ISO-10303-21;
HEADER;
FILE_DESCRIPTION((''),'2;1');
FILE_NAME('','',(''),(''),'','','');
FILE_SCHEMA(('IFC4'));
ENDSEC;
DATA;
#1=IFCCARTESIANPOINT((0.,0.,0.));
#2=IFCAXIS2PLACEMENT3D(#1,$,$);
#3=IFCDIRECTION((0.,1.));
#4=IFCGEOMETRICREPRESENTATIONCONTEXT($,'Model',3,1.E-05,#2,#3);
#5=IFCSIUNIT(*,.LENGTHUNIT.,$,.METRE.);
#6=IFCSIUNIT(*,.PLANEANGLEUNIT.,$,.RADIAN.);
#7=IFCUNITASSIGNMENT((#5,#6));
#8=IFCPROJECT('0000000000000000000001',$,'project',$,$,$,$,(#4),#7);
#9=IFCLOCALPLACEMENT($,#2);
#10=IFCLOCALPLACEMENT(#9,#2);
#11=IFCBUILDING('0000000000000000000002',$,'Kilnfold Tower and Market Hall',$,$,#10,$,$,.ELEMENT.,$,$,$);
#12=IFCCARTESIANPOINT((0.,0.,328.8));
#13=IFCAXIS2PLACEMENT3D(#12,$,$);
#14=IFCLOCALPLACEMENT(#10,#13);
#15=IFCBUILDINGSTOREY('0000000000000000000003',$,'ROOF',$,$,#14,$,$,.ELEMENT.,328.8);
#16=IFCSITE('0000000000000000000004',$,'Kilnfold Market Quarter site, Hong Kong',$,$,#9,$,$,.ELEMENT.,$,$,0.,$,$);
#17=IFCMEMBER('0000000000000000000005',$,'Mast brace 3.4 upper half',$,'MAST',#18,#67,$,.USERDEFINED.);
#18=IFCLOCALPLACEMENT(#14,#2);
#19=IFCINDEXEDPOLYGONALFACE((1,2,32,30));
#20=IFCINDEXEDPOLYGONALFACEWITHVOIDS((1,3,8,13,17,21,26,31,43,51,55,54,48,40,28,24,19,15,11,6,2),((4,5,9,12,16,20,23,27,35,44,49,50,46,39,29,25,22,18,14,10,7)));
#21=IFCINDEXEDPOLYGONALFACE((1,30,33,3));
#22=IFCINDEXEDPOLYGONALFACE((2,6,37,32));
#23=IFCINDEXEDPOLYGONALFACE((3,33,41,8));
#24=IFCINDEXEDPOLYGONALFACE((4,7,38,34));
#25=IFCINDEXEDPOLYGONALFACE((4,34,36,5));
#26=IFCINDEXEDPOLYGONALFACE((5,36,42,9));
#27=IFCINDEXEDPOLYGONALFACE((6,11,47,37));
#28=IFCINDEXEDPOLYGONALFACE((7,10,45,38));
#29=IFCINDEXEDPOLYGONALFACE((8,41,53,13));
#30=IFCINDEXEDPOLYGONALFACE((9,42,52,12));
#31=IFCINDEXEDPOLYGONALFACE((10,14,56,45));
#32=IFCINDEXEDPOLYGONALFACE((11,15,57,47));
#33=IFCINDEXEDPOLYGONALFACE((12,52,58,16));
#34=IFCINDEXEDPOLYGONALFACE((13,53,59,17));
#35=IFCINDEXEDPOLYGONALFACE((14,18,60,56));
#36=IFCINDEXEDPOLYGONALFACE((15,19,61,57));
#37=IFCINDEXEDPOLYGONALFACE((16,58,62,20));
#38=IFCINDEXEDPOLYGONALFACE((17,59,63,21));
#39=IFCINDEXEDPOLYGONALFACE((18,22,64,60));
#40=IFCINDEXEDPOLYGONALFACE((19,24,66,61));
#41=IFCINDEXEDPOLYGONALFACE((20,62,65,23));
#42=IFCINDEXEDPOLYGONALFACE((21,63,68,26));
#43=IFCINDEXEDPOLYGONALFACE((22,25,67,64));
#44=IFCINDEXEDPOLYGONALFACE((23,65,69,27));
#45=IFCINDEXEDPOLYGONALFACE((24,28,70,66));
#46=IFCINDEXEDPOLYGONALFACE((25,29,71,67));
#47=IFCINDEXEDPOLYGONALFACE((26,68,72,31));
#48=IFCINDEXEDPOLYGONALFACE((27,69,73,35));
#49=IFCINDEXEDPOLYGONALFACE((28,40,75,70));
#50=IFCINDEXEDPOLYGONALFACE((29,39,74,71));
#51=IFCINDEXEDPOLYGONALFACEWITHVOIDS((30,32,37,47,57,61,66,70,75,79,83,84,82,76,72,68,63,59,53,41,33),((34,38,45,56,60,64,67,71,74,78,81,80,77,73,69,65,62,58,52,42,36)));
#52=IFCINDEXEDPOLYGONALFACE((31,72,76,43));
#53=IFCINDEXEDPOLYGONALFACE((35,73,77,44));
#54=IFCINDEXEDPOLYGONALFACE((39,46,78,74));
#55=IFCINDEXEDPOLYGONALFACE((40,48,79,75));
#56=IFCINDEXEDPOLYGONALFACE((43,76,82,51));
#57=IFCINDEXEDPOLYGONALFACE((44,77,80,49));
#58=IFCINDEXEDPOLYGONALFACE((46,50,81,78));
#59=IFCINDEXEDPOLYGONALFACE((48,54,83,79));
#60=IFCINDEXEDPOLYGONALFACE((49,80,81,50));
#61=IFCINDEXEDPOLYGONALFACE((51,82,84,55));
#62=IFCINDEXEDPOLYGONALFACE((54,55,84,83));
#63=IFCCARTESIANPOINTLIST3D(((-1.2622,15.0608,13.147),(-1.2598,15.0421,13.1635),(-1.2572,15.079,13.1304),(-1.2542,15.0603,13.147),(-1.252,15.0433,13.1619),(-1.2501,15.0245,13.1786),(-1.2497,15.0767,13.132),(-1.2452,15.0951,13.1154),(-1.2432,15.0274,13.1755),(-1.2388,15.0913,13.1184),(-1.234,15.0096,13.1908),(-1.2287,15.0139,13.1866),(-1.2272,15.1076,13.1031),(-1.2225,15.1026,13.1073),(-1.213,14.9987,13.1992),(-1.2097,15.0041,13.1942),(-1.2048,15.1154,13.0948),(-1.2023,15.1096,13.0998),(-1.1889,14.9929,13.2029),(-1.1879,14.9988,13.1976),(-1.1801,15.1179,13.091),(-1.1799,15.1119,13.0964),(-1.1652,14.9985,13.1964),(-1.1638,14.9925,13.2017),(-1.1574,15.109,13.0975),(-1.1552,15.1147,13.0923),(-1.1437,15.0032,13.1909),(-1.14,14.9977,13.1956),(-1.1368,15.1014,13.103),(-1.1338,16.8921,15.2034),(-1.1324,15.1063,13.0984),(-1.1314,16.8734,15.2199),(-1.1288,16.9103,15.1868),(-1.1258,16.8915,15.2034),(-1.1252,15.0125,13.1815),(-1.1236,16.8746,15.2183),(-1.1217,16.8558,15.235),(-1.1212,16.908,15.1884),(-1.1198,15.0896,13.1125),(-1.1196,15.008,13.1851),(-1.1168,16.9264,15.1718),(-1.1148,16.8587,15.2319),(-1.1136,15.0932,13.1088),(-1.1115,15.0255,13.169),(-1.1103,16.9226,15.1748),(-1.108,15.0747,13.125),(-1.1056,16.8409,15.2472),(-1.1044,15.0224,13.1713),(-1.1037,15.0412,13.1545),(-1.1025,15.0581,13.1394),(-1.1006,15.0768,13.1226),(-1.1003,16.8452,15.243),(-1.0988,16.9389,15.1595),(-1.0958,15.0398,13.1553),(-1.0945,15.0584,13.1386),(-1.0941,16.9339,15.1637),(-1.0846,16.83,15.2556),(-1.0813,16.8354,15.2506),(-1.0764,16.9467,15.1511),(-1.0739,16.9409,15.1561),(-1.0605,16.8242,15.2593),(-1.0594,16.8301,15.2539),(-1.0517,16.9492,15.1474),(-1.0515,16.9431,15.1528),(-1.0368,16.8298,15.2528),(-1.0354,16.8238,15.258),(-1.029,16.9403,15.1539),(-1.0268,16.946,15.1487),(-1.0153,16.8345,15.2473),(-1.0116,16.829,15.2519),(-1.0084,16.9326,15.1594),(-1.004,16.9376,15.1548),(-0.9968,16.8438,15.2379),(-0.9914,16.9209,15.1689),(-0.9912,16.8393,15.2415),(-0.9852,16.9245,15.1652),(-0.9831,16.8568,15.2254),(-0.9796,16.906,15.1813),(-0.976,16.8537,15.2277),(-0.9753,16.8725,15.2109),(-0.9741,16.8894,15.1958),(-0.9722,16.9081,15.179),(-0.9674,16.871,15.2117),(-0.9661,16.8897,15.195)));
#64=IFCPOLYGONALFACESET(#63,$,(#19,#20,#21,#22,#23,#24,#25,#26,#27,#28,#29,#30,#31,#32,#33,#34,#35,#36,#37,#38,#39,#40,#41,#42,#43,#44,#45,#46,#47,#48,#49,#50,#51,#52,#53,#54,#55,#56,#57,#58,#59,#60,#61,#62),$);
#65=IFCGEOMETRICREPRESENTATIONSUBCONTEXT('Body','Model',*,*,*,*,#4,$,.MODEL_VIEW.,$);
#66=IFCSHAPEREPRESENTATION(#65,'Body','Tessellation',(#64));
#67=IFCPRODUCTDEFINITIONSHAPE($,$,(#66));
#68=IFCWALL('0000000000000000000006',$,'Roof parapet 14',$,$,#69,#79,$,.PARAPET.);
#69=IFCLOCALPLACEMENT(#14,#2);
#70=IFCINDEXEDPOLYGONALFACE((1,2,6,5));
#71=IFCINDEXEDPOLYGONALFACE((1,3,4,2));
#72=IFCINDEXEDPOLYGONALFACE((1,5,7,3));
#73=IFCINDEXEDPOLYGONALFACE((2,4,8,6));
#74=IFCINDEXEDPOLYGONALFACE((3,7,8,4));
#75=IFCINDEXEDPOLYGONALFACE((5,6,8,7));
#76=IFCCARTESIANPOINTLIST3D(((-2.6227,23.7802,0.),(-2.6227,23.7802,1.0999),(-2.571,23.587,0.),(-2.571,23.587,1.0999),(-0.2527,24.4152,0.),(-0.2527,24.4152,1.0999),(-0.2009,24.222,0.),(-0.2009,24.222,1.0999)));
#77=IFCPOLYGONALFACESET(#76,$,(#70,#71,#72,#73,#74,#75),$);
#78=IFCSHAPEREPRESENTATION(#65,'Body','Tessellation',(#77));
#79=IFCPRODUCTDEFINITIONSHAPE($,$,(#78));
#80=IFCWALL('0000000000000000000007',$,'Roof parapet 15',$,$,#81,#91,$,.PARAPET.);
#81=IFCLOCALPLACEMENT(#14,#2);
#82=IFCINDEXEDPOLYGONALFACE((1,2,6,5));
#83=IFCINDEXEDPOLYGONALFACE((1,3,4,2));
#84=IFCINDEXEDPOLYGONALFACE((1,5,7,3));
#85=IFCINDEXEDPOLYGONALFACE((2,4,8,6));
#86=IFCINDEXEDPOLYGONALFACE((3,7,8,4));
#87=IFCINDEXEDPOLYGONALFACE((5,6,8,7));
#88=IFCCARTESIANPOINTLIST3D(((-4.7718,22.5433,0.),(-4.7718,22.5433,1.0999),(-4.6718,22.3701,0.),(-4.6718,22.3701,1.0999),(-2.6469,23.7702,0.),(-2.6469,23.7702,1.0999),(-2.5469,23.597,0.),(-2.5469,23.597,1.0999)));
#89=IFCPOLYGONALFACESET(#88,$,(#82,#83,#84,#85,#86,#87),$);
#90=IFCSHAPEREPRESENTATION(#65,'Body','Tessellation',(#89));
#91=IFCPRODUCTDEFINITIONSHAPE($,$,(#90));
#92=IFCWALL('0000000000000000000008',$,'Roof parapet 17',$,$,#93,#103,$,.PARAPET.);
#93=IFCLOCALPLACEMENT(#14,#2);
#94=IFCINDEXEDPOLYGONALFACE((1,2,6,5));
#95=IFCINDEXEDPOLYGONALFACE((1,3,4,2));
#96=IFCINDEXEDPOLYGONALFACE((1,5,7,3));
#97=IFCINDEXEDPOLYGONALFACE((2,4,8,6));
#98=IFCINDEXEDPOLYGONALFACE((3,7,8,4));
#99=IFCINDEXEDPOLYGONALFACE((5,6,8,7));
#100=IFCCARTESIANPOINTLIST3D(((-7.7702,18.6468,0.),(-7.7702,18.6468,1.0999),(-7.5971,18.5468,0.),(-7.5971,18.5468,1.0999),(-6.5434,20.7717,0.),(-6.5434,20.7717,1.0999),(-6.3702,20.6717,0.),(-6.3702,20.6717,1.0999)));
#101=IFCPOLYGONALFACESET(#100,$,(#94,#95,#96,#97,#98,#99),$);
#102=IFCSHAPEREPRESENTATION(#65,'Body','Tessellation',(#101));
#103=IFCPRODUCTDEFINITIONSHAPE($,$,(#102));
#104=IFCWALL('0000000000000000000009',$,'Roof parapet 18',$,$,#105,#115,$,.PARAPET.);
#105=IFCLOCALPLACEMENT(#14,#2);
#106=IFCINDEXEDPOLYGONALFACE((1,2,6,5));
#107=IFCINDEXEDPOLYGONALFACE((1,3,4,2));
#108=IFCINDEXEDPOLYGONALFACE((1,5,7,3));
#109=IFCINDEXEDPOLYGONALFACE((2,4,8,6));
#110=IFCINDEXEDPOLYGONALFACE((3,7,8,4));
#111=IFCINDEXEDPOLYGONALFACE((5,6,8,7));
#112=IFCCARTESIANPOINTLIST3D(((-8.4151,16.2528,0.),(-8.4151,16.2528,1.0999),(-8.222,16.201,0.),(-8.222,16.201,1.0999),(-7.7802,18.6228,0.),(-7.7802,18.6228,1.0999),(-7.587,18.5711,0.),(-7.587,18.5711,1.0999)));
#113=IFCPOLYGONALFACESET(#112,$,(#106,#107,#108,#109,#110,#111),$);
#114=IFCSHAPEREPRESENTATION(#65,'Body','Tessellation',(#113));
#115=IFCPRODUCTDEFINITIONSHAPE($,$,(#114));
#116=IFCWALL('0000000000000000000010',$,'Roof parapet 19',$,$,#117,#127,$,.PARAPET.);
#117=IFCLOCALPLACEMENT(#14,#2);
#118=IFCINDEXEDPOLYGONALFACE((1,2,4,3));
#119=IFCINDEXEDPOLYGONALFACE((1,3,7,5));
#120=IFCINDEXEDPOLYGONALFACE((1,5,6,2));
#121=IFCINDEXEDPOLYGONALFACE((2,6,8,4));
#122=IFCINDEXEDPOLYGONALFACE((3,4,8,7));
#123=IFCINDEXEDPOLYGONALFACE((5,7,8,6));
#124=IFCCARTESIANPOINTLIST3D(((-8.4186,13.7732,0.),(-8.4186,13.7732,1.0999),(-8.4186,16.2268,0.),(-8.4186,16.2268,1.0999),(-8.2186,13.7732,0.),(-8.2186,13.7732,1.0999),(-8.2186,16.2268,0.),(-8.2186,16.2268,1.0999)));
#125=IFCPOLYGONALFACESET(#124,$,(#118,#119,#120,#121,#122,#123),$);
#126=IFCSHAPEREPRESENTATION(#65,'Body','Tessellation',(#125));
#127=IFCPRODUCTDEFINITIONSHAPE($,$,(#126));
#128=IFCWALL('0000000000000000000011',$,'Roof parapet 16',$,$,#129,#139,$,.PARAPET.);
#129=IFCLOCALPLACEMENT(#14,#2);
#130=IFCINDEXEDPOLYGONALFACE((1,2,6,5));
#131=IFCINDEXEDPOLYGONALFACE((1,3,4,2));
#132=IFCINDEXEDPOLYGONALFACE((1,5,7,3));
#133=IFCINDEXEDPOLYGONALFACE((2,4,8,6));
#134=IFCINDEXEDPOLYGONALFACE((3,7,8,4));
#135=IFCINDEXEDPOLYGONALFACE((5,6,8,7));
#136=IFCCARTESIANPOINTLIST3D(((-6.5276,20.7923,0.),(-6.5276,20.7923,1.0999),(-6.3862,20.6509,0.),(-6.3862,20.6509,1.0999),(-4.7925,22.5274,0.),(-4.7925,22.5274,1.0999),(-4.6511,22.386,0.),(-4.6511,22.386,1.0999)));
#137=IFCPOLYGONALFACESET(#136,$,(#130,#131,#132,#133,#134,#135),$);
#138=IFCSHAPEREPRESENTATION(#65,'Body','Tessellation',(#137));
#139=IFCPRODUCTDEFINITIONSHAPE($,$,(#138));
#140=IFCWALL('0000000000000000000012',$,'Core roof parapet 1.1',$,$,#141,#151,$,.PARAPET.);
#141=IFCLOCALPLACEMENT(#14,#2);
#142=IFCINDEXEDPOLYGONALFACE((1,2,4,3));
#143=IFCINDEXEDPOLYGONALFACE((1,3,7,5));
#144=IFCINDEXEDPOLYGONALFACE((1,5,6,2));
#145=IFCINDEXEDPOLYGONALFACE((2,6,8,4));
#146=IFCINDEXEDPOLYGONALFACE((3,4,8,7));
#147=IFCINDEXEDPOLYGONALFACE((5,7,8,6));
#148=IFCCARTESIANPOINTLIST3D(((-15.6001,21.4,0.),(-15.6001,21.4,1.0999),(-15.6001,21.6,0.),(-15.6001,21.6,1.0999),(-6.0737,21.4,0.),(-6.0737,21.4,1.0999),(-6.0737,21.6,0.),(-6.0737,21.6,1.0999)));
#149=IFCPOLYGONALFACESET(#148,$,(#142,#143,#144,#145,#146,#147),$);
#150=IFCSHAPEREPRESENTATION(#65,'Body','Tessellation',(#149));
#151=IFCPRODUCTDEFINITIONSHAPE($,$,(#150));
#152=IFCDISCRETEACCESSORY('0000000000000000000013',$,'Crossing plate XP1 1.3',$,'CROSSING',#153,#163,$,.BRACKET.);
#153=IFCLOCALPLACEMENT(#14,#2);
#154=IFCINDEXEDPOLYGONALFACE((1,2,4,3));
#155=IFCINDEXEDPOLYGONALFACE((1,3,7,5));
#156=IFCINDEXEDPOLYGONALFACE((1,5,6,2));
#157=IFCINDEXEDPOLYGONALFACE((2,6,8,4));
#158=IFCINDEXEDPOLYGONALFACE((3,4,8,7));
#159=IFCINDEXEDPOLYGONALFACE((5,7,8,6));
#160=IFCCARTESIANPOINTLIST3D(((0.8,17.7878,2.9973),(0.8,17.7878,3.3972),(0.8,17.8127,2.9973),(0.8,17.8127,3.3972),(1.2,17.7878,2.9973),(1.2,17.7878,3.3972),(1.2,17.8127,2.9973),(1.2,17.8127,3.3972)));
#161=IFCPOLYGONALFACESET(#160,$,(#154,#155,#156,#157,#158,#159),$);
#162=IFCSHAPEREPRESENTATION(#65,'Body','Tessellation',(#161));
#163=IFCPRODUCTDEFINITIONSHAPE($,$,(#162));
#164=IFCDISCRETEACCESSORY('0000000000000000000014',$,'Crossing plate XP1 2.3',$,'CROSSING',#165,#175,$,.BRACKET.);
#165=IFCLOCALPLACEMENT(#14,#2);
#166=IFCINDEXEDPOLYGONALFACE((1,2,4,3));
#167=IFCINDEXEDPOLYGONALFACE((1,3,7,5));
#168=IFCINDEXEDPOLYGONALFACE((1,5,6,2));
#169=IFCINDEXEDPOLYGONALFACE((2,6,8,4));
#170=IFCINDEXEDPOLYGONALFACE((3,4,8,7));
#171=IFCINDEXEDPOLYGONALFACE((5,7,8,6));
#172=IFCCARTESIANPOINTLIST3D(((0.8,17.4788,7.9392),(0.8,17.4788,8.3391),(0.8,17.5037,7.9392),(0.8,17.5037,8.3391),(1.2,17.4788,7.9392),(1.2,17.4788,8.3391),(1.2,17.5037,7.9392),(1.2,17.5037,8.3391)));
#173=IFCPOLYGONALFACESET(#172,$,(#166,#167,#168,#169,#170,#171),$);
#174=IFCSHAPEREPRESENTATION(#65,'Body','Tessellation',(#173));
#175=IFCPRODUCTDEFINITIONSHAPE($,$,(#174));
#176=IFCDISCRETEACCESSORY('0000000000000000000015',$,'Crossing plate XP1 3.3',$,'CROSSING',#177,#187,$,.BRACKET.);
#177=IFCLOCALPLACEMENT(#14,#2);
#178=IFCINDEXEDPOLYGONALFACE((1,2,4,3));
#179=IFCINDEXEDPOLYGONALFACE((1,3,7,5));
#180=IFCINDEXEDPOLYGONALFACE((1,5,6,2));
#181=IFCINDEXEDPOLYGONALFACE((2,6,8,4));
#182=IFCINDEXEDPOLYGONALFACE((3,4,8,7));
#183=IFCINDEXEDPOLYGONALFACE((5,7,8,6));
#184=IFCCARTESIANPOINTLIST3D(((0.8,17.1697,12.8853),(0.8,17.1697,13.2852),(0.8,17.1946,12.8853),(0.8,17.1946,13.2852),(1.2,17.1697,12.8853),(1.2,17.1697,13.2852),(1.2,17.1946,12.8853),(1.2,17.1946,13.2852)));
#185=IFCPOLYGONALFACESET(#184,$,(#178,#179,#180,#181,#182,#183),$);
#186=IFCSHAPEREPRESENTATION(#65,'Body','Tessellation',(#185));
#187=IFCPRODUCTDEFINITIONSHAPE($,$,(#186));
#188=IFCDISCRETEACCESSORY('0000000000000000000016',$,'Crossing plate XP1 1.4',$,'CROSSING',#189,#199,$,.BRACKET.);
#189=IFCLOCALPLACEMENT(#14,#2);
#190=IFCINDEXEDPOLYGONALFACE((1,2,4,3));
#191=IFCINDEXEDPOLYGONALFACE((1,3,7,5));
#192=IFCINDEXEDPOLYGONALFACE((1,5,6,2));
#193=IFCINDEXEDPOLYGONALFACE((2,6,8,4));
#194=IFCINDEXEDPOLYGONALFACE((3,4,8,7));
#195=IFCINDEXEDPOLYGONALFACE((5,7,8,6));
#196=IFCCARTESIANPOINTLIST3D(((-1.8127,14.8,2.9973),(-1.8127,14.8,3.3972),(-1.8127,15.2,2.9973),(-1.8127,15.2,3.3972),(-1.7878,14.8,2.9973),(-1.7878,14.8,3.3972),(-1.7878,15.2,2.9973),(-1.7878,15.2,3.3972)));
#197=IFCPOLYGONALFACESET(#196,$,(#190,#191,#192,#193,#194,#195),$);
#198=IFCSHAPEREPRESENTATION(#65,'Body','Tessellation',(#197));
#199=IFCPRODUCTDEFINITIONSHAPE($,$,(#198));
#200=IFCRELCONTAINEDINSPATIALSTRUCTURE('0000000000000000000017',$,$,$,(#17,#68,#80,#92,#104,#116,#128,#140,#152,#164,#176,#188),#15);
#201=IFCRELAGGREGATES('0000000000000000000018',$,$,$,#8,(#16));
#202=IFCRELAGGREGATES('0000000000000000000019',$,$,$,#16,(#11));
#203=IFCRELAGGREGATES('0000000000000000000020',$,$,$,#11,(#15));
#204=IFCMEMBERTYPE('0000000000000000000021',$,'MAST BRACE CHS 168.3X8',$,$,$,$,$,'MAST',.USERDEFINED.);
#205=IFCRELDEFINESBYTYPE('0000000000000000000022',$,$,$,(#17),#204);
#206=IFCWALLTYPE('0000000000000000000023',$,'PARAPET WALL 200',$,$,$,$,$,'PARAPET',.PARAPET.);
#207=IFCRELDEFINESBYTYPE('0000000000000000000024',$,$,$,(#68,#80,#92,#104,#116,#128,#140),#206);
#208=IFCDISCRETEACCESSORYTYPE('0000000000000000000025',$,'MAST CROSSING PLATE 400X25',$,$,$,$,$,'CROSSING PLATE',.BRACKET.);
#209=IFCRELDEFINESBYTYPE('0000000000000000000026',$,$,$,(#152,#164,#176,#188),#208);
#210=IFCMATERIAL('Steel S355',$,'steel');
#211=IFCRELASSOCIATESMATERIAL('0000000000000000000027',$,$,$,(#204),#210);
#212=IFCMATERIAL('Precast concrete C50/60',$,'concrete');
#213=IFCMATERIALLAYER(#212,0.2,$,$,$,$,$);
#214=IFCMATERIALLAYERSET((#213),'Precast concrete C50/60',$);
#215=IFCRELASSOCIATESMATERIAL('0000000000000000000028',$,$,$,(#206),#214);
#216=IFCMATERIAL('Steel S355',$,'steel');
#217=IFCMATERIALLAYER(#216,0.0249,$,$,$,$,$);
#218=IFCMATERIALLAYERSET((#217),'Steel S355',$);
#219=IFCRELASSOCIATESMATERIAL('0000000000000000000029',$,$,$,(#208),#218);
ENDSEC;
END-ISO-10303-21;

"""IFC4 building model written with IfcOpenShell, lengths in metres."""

from ifc_helpers import new_model, si_unit, direction, frame, frame_2d, origin, origin_2d, place, context, subcontext, project, spatial, rectangle, hollow_circle, extrude, source, transform, mapped, material, layer, layer_set, material_profile, profile_set, type_object, element, save


model = new_model("IFC4")

# Units and contexts
model_context = context("Model", 3, precision=1e-05, world=origin(), true_north=direction((0.0, 1.0)))
body_context = subcontext(model_context, "Body", "Model", "MODEL_VIEW")
ifc_project = project(units=[si_unit("LENGTHUNIT", "METRE"), si_unit("PLANEANGLEUNIT", "RADIAN")], contexts=[model_context])

# Site, building, storey
site_placement = place(None, origin())
site = spatial("IfcSite", under=ifc_project, at=site_placement, Name="Kilnfold Market Quarter site, Hong Kong", CompositionType="ELEMENT", RefElevation=0.0)
building_placement = place(site_placement, origin())
building = spatial("IfcBuilding", under=site, at=building_placement, Name="Kilnfold Tower and Market Hall", CompositionType="ELEMENT")
storey_placement = place(building_placement, frame((0.0, 0.0, 328.8)))
storey = spatial("IfcBuildingStorey", under=building, at=storey_placement, Name="ROOF", CompositionType="ELEMENT", Elevation=328.8)

# Member
ifc_material_1 = material(Name="Steel S355", Category="steel")
ifc_material_profile_1 = material_profile(ifc_material_1, hollow_circle(Radius=0.0842, WallThickness=0.0081, at=origin_2d()), Name="CHS 168.3x8")
ifc_profile_set_1 = profile_set([ifc_material_profile_1], Name="Steel S355")
member_type_1 = type_object("IfcMemberType", Name="MAST BRACE CHS 168.3X8", ElementType="MAST", PredefinedType="USERDEFINED", material=ifc_profile_set_1)
shared_shape_1 = source(origin(), body_context, "Body", "SweptSolid", [
    extrude(hollow_circle(Radius=0.0842, WallThickness=0.0081, at=origin_2d()), origin(), (0.0, 0.0, 1.0), 2.7566),
])
member_1_placement = place(storey_placement, frame((-1.1782, 15.0549, 13.147), z_axis=(0.046585, 0.664329, 0.745987), x_axis=(-0.99755, 0.069952, 0.0)))
element("IfcMember", 1, at=member_1_placement, inside=storey, type_object=member_type_1, Name="Mast brace 3.4 upper half", ObjectType="MAST", PredefinedType="USERDEFINED", context=body_context, shape_type="MappedRepresentation", body=[
    mapped(shared_shape_1, transform((0.0, 0.0, 0.0))),
])

# Walls
ifc_material_2 = material(Name="Precast concrete C50/60", Category="concrete")
ifc_layer_1 = layer(ifc_material_2, 0.2)
ifc_layer_set_1 = layer_set([ifc_layer_1], Name="Precast concrete C50/60")
wall_type = type_object("IfcWallType", Name="PARAPET WALL 200", ElementType="PARAPET", PredefinedType="PARAPET", material=ifc_layer_set_1)
shared_shape_2 = source(origin(), body_context, "Body", "SweptSolid", [
    extrude(rectangle(XDim=2.4536, YDim=0.2, at=frame_2d((1.2268, 0.0))), origin(), (0.0, 0.0, 1.0), 1.0999),
])
for number, where, z_axis, x_axis, name in (
    (2, (-0.2268, 24.3186, 0.0), (0.0, 0.0, 1.0), (-0.965932, -0.258796, 0.0), "Roof parapet 14"),
    (3, (-2.5969, 23.6836, 0.0), (0.0, 0.0, 1.0), (-0.866012, -0.500024, 0.0), "Roof parapet 15"),
    (4, (-6.4568, 20.7217, 0.0), (0.0, 0.0, 1.0), (-0.500024, -0.866012, 0.0), "Roof parapet 17"),
    (5, (-7.6836, 18.5969, 0.0), (0.0, 0.0, 1.0), (-0.258796, -0.965932, 0.0), "Roof parapet 18"),
    (6, (-8.3186, 16.2268, 0.0), (0.0, 0.0, 1.0), (0.0, -1.0, 0.0), "Roof parapet 19"),
):
    element("IfcWall", number, at=place(storey_placement, frame(where, z_axis=z_axis, x_axis=x_axis)), inside=storey, type_object=wall_type, Name=name, PredefinedType="PARAPET", context=body_context, shape_type="MappedRepresentation", body=[
        mapped(shared_shape_2, transform((0.0, 0.0, 0.0))),
    ])
shared_shape_3 = source(origin(), body_context, "Body", "SweptSolid", [
    extrude(rectangle(XDim=2.4539, YDim=0.2, at=frame_2d((1.2271, 0.0))), origin(), (0.0, 0.0, 1.0), 1.0999),
])
wall_1_placement = place(storey_placement, frame((-4.7217, 22.4568, 0.0), z_axis=(0.0, 0.0, 1.0), x_axis=(-0.707107, -0.707107, 0.0)))
element("IfcWall", 7, at=wall_1_placement, inside=storey, type_object=wall_type, Name="Roof parapet 16", PredefinedType="PARAPET", context=body_context, shape_type="MappedRepresentation", body=[
    mapped(shared_shape_3, transform((0.0, 0.0, 0.0))),
])
shared_shape_4 = source(origin(), body_context, "Body", "SweptSolid", [
    extrude(rectangle(XDim=9.5264, YDim=0.2, at=frame_2d((4.7632, 0.0))), origin(), (0.0, 0.0, 1.0), 1.0999),
])
wall_2_placement = place(storey_placement, frame((-15.6001, 21.5, 0.0), z_axis=(0.0, 0.0, 1.0), x_axis=(1.0, 0.0, 0.0)))
element("IfcWall", 8, at=wall_2_placement, inside=storey, type_object=wall_type, Name="Core roof parapet 1.1", PredefinedType="PARAPET", context=body_context, shape_type="MappedRepresentation", body=[
    mapped(shared_shape_4, transform((0.0, 0.0, 0.0))),
])

# Discrete accessories
ifc_material_3 = material(Name="Steel S355", Category="steel")
ifc_layer_2 = layer(ifc_material_3, 0.0249)
ifc_layer_set_2 = layer_set([ifc_layer_2], Name="Steel S355")
discrete_accessory_type_1 = type_object("IfcDiscreteAccessoryType", Name="MAST CROSSING PLATE 400X25", ElementType="CROSSING PLATE", PredefinedType="BRACKET", material=ifc_layer_set_2)
shared_shape_5 = source(origin(), body_context, "Body", "SweptSolid", [
    extrude(rectangle(XDim=0.3999, YDim=0.0249, at=origin_2d()), origin(), (0.0, 0.0, 1.0), 0.3999),
])
for number, where, z_axis, x_axis, name in (
    (9, (1.0, 17.8003, 2.9973), (0.0, 0.0, 1.0), (1.0, 0.0, 0.0), "Crossing plate XP1 1.3"),
    (10, (1.0, 17.4912, 7.9392), (0.0, 0.0, 1.0), (1.0, 0.0, 0.0), "Crossing plate XP1 2.3"),
    (11, (1.0, 17.1821, 12.8853), (0.0, 0.0, 1.0), (1.0, 0.0, 0.0), "Crossing plate XP1 3.3"),
):
    element("IfcDiscreteAccessory", number, at=place(storey_placement, frame(where, z_axis=z_axis, x_axis=x_axis)), inside=storey, type_object=discrete_accessory_type_1, Name=name, ObjectType="CROSSING", PredefinedType="BRACKET", context=body_context, shape_type="MappedRepresentation", body=[
        mapped(shared_shape_5, transform((0.0, 0.0, 0.0))),
    ])
shared_shape_6 = source(origin(), body_context, "Body", "SweptSolid", [
    extrude(rectangle(XDim=0.0249, YDim=0.3999, at=origin_2d()), origin(), (0.0, 0.0, 1.0), 0.3999),
])
for number, where, z_axis, x_axis, name in (
    (12, (-1.8003, 15.0, 2.9973), (0.0, 0.0, 1.0), (1.0, 0.0, 0.0), "Crossing plate XP1 1.4"),
):
    element("IfcDiscreteAccessory", number, at=place(storey_placement, frame(where, z_axis=z_axis, x_axis=x_axis)), inside=storey, type_object=discrete_accessory_type_1, Name=name, ObjectType="CROSSING", PredefinedType="BRACKET", context=body_context, shape_type="MappedRepresentation", body=[
        mapped(shared_shape_6, transform((0.0, 0.0, 0.0))),
    ])

save(model, "model.ifc")
